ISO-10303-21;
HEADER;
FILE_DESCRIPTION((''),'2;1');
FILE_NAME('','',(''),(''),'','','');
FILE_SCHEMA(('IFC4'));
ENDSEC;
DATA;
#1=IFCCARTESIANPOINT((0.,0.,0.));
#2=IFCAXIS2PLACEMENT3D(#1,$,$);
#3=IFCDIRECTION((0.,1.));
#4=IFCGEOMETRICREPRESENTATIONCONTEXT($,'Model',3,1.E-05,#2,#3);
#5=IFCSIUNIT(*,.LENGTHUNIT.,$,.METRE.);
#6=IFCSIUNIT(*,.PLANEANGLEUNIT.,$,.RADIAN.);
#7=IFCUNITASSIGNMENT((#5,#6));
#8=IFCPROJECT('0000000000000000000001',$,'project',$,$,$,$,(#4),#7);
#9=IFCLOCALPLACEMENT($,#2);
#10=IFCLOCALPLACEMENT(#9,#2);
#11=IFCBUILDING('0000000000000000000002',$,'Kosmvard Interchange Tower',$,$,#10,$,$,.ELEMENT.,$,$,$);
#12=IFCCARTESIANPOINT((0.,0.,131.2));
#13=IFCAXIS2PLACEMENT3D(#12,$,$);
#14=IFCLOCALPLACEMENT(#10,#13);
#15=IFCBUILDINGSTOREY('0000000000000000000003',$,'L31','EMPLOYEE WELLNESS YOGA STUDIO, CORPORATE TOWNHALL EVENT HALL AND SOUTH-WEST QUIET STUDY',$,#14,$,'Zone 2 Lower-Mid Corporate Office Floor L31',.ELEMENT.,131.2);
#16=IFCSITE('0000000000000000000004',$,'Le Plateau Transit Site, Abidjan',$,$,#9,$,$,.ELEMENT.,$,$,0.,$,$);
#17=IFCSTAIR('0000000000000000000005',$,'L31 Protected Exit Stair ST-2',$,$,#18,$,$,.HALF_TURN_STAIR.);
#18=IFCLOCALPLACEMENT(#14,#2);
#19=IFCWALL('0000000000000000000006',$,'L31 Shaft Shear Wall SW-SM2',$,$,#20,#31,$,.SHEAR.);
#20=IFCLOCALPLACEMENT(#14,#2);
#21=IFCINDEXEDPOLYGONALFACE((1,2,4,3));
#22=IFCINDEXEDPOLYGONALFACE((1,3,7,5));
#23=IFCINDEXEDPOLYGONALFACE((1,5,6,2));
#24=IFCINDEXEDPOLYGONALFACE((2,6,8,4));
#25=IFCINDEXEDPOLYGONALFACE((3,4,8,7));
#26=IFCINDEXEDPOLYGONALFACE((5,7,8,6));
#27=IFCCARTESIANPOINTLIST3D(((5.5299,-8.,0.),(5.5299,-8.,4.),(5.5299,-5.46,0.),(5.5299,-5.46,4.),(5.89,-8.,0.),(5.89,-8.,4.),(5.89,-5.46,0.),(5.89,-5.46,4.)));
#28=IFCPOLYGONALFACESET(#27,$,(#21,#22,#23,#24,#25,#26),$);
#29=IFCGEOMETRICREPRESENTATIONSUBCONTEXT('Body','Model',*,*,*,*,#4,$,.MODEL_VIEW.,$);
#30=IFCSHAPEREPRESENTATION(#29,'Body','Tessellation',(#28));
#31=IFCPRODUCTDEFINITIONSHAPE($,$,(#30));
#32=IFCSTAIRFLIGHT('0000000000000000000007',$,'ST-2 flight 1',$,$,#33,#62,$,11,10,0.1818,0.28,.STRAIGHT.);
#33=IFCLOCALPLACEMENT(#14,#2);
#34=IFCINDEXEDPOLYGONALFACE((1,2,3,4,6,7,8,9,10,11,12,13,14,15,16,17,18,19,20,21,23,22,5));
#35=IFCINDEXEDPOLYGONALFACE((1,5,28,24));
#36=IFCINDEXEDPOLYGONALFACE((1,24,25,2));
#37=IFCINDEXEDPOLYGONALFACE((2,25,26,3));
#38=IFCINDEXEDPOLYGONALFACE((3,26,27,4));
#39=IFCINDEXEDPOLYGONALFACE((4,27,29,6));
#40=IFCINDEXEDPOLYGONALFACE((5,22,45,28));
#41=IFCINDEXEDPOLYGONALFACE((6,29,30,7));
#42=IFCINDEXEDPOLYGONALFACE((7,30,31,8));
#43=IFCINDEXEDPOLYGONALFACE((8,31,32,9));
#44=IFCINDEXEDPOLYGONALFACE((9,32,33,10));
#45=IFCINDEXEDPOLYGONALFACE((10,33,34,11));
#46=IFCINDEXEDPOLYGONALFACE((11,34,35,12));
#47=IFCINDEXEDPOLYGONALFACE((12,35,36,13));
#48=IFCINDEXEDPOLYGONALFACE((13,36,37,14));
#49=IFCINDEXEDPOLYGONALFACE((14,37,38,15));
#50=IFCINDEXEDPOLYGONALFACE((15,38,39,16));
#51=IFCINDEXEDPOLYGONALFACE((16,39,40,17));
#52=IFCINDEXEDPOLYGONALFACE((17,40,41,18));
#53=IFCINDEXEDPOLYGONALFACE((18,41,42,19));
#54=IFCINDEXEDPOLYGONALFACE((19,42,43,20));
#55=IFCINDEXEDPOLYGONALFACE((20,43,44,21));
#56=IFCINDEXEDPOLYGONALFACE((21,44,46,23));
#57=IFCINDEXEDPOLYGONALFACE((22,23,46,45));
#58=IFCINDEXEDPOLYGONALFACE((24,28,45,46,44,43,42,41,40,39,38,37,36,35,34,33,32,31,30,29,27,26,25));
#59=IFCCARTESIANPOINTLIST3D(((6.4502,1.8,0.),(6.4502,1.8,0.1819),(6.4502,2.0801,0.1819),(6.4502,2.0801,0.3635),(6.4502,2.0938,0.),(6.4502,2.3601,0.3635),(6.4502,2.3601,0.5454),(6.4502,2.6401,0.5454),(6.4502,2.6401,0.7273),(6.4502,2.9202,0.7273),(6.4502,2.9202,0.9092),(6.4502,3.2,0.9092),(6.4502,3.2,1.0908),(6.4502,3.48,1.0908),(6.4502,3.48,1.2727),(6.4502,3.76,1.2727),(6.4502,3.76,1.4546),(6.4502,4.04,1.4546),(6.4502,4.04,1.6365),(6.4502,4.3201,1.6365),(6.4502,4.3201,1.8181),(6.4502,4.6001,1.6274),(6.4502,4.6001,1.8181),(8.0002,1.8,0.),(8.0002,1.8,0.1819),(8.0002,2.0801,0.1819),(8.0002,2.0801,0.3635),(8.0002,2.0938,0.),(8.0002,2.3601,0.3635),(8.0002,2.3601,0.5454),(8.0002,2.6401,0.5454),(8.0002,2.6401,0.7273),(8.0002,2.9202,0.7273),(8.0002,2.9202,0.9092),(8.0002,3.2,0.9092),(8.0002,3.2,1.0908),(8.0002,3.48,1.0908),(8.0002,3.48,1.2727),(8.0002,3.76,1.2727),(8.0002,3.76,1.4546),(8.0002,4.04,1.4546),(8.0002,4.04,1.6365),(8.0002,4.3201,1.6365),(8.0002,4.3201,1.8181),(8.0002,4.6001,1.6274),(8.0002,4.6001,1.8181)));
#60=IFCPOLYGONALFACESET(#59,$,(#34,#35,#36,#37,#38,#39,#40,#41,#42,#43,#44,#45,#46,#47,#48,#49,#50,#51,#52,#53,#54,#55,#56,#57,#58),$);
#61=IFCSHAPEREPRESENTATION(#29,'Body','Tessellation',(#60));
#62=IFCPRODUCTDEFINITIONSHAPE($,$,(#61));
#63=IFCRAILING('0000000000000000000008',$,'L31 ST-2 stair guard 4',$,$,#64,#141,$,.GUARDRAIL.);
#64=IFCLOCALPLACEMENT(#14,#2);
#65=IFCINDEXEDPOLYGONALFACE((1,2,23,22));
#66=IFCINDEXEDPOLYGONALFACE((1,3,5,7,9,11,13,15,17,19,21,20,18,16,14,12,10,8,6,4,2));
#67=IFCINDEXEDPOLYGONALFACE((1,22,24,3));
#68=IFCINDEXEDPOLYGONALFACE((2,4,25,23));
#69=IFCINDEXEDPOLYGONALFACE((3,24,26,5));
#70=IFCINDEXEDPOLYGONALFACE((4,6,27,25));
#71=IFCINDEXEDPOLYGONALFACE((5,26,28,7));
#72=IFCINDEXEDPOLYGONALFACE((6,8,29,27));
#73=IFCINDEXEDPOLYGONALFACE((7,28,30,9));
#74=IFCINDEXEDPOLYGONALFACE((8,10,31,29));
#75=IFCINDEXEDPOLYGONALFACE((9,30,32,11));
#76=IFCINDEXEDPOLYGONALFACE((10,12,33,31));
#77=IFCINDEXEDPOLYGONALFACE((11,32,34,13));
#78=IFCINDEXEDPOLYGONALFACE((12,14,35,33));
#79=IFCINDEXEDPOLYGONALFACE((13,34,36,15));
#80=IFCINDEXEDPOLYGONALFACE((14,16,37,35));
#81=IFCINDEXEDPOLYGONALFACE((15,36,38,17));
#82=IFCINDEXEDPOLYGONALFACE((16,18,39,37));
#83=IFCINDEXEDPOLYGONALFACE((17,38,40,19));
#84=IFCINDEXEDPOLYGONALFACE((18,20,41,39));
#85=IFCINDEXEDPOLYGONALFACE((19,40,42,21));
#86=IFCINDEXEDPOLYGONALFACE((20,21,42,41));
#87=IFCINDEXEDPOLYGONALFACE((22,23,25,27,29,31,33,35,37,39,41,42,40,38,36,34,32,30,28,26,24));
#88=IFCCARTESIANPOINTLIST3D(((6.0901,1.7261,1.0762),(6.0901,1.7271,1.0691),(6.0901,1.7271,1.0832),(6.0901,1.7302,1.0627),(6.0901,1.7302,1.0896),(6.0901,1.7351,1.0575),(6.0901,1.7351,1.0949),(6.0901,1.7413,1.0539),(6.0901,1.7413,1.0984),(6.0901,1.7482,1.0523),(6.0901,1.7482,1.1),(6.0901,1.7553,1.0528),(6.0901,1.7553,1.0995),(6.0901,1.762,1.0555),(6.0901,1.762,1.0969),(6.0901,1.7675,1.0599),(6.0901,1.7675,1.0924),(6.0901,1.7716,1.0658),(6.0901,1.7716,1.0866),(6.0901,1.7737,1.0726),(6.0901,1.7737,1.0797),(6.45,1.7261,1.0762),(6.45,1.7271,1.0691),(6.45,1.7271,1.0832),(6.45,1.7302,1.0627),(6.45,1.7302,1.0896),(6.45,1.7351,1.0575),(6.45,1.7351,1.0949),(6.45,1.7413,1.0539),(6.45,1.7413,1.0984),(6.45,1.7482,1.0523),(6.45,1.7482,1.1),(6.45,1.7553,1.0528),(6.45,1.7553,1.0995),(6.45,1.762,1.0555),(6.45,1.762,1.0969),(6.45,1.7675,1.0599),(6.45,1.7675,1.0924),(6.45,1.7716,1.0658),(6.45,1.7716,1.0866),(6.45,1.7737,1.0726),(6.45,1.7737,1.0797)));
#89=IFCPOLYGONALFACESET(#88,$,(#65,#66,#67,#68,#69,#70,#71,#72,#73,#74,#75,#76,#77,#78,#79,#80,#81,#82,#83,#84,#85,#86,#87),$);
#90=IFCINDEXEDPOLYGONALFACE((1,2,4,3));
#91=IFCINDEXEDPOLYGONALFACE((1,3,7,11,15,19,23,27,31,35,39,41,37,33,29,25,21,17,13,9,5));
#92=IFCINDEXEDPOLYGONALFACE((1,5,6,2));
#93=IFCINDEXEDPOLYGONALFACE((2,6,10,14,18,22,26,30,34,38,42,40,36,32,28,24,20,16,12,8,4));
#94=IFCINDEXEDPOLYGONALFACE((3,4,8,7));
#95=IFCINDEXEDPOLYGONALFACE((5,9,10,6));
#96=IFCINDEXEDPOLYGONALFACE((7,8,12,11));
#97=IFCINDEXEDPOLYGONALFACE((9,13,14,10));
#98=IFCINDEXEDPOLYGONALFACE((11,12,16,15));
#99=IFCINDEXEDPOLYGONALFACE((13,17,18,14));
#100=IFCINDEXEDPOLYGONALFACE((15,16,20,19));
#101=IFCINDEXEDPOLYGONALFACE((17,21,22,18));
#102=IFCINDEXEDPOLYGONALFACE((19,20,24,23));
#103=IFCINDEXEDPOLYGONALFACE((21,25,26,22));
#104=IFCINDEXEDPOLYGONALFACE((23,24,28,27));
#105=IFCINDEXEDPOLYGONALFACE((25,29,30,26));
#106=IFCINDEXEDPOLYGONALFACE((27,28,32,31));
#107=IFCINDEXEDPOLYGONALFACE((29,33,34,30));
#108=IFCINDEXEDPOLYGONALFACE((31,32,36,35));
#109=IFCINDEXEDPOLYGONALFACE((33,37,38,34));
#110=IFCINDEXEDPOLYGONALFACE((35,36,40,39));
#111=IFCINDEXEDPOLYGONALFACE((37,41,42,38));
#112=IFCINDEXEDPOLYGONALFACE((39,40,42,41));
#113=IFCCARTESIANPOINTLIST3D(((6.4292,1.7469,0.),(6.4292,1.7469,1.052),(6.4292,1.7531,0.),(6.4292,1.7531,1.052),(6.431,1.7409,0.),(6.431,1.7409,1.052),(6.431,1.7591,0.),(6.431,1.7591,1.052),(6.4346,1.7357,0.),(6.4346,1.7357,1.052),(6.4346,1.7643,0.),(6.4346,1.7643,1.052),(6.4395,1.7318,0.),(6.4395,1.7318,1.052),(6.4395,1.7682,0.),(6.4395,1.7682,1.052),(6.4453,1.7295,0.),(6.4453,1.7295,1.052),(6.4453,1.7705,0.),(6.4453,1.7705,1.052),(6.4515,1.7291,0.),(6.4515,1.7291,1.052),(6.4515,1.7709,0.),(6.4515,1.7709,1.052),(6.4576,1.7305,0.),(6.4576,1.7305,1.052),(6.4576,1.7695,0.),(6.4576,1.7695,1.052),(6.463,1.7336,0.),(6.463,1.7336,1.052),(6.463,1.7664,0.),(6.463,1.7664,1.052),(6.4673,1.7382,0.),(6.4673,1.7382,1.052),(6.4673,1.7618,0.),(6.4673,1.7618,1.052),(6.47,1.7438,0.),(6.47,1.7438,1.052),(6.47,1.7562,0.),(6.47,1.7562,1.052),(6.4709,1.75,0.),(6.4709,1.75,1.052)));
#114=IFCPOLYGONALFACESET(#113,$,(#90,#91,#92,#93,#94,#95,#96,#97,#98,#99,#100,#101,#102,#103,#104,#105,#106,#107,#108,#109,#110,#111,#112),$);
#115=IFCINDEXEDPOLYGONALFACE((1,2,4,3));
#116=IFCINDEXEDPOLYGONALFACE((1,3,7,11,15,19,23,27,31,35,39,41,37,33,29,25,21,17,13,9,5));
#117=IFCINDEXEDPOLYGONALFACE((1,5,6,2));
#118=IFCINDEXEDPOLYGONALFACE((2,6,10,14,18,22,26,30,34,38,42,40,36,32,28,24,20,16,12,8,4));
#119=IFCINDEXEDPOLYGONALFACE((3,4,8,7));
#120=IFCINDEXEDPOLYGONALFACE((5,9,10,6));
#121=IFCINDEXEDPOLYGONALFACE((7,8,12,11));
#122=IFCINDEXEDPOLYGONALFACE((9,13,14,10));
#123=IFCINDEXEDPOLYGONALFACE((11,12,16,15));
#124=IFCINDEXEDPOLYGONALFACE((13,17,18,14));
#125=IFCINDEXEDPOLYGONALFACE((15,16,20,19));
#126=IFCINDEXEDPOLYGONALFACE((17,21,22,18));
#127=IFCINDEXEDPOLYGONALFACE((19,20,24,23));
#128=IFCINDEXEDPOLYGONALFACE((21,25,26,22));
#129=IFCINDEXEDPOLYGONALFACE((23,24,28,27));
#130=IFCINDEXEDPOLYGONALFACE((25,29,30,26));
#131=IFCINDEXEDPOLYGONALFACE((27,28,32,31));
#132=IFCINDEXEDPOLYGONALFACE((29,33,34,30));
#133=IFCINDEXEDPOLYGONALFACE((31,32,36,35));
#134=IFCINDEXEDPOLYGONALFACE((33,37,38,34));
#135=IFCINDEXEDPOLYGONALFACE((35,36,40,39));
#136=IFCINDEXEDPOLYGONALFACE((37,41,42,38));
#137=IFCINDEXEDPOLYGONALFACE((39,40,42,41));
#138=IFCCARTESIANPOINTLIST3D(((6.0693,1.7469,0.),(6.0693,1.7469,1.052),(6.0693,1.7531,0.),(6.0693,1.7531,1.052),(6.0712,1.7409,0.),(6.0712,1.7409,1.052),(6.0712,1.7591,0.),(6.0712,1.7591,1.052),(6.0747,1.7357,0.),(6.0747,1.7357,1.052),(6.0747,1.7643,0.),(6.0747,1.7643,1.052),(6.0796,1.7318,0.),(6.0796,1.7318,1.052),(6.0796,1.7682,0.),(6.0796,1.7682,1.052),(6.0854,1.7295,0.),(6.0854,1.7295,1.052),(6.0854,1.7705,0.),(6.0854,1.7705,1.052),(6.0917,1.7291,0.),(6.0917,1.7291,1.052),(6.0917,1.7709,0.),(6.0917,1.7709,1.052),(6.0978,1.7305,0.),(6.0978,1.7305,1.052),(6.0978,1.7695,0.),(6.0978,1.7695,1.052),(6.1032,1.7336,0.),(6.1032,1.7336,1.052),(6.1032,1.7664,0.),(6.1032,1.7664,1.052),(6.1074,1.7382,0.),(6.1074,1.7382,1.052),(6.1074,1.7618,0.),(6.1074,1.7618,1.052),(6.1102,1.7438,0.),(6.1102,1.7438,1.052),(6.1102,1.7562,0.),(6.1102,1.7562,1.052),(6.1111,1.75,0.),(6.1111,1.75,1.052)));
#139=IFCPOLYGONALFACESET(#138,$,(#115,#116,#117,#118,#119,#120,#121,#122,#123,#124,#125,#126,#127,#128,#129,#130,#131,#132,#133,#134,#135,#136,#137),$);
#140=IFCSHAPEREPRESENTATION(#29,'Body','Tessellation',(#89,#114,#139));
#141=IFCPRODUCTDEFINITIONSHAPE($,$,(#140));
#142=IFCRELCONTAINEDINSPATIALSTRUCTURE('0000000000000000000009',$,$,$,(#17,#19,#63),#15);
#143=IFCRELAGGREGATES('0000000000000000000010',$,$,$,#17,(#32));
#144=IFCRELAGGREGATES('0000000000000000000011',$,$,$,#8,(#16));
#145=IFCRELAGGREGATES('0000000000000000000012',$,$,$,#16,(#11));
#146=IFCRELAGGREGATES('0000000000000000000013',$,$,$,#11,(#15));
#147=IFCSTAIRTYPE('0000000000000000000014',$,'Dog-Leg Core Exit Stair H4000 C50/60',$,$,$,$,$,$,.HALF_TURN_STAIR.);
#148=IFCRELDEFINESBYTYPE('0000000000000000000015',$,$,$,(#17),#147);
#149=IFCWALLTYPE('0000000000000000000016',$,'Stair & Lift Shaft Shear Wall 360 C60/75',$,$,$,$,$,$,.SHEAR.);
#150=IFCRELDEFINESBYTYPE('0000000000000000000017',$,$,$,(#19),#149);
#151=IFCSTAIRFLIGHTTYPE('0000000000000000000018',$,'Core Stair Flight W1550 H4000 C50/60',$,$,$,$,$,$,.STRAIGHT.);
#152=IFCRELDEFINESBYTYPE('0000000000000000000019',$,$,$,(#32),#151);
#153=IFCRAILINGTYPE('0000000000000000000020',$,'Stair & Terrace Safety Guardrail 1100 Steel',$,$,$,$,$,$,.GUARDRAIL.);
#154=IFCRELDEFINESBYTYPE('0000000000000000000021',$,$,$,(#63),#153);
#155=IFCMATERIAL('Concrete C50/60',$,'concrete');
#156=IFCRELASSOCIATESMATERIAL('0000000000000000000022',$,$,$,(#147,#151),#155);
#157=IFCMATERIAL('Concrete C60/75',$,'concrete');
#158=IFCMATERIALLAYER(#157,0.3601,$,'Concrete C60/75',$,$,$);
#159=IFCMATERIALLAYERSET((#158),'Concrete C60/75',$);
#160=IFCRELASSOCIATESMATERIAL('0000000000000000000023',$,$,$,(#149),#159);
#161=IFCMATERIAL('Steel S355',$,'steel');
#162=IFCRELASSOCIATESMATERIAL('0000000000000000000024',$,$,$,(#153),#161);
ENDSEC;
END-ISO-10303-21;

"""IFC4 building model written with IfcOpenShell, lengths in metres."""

from ifc_helpers import new_model, si_unit, direction, frame, frame_2d, origin, origin_2d, place, context, subcontext, project, spatial, polyline, rectangle, circle, outline, extrude, source, transform, mapped, material, layer, layer_set, type_object, element, aggregate, save


model = new_model("IFC4")

# Units and contexts
model_context = context("Model", 3, precision=1e-05, world=origin(), true_north=direction((0.0, 1.0)))
body_context = subcontext(model_context, "Body", "Model", "MODEL_VIEW")
ifc_project = project(units=[si_unit("LENGTHUNIT", "METRE"), si_unit("PLANEANGLEUNIT", "RADIAN")], contexts=[model_context])

# Site, building, storey
site_placement = place(None, origin())
site = spatial("IfcSite", under=ifc_project, at=site_placement, Name="Le Plateau Transit Site, Abidjan", CompositionType="ELEMENT", RefElevation=0.0)
building_placement = place(site_placement, origin())
building = spatial("IfcBuilding", under=site, at=building_placement, Name="Kosmvard Interchange Tower", CompositionType="ELEMENT")
storey_placement = place(building_placement, frame((0.0, 0.0, 131.2)))
storey = spatial("IfcBuildingStorey", under=building, at=storey_placement, Name="L31", Description="EMPLOYEE WELLNESS YOGA STUDIO, CORPORATE TOWNHALL EVENT HALL AND SOUTH-WEST QUIET STUDY", LongName="Zone 2 Lower-Mid Corporate Office Floor L31", CompositionType="ELEMENT", Elevation=131.2)

# Shared definitions
ifc_material_1 = material(Name="Concrete C60/75", Category="concrete")

# Shared definitions
ifc_material_2 = material(Name="Steel S355", Category="steel")

# Stair
ifc_material_3 = material(Name="Concrete C50/60", Category="concrete")
stair_type = type_object("IfcStairType", Name="Dog-Leg Core Exit Stair H4000 C50/60", PredefinedType="HALF_TURN_STAIR", material=ifc_material_3)
stair_placement = place(storey_placement, origin())
stair = element("IfcStair", 1, at=stair_placement, inside=storey, type_object=stair_type, Name="L31 Protected Exit Stair ST-2", PredefinedType="HALF_TURN_STAIR")

# Shared definitions
ifc_layer_1 = layer(ifc_material_1, 0.3601, Name="Concrete C60/75")
ifc_layer_set_1 = layer_set([ifc_layer_1], Name="Concrete C60/75")
wall_type_1 = type_object("IfcWallType", Name="Stair & Lift Shaft Shear Wall 360 C60/75", PredefinedType="SHEAR", material=ifc_layer_set_1)

# Wall
wall_1_placement = place(storey_placement, frame((5.71, -8.0, 0.0), z_axis=(0.0, 0.0, 1.0), x_axis=(0.0, 1.0, 0.0)))
element("IfcWall", 2, at=wall_1_placement, inside=storey, type_object=wall_type_1, Name="L31 Shaft Shear Wall SW-SM2", PredefinedType="SHEAR", context=body_context, shape_type="SweptSolid", body=[
    extrude(rectangle(XDim=2.54, YDim=0.3601, at=frame_2d((1.27, 0.0))), origin(), (0.0, 0.0, 1.0), 4.0),
])

# Stair flight
stair_flight_type = type_object("IfcStairFlightType", Name="Core Stair Flight W1550 H4000 C50/60", PredefinedType="STRAIGHT", material=ifc_material_3)
shared_shape_1 = source(origin(), body_context, "Body", "SweptSolid", [
    extrude(outline(polyline([(0.0, 0.0), (0.0, 0.1819), (0.28, 0.1819), (0.28, 0.3635), (0.5601, 0.3635), (0.5601, 0.5454), (0.8401, 0.5454), (0.8401, 0.7273), (1.1201, 0.7273), (1.1201, 0.9092), (1.3999, 0.9092), (1.3999, 1.0908), (1.6799, 1.0908), (1.6799, 1.2727), (1.96, 1.2727), (1.96, 1.4546), (2.24, 1.4546), (2.24, 1.6365), (2.52, 1.6365), (2.52, 1.8181), (2.8, 1.8181), (2.8, 2.0), (2.8, 1.6274), (0.2937, 0.0), (0.0, 0.0)])), frame((0.0, 0.7749, 0.0), z_axis=(0.0, -1.0, 0.0), x_axis=(1.0, 0.0, 0.0)), (0.0, 0.0, 1.0), 1.55),
])
stair_flight_placement = place(storey_placement, frame((7.2251, 1.8, 0.0), z_axis=(0.0, 0.0, 1.0), x_axis=(0.0, 1.0, 0.0)))
stair_flight = element("IfcStairFlight", 3, at=stair_flight_placement, type_object=stair_flight_type, Name="ST-2 flight 1", NumberOfRisers=11, NumberOfTreads=10, PredefinedType="STRAIGHT", RiserHeight=0.1818, TreadLength=0.28, context=body_context, shape_type="MappedRepresentation", body=[
    mapped(shared_shape_1, transform((0.0, 0.0, 0.0), scale=1.0)),
])
aggregate(stair, [stair_flight])

# Railing
railing_type = type_object("IfcRailingType", Name="Stair & Terrace Safety Guardrail 1100 Steel", PredefinedType="GUARDRAIL", material=ifc_material_2)
shared_shape_2 = source(origin(), body_context, "Body", "SweptSolid", [
    extrude(circle(Radius=0.0239, at=origin_2d()), frame((0.0, 0.0, 1.0762), z_axis=(-1.0, 0.0, 0.0), x_axis=(0.0, -1.0, 0.0)), (0.0, 0.0, 1.0), 0.3599),
    extrude(circle(Radius=0.021, at=origin_2d()), origin(), (0.0, 0.0, 1.0), 1.052),
    extrude(circle(Radius=0.021, at=origin_2d()), frame((-0.3599, 0.0, 0.0)), (0.0, 0.0, 1.0), 1.052),
])
railing_1_placement = place(storey_placement, frame((6.45, 1.75, 0.0)))
element("IfcRailing", 4, at=railing_1_placement, inside=storey, type_object=railing_type, Name="L31 ST-2 stair guard 4", PredefinedType="GUARDRAIL", context=body_context, shape_type="MappedRepresentation", body=[
    mapped(shared_shape_2, transform((0.0, 0.0, 0.0), scale=1.0)),
])

save(model, "model.ifc")
